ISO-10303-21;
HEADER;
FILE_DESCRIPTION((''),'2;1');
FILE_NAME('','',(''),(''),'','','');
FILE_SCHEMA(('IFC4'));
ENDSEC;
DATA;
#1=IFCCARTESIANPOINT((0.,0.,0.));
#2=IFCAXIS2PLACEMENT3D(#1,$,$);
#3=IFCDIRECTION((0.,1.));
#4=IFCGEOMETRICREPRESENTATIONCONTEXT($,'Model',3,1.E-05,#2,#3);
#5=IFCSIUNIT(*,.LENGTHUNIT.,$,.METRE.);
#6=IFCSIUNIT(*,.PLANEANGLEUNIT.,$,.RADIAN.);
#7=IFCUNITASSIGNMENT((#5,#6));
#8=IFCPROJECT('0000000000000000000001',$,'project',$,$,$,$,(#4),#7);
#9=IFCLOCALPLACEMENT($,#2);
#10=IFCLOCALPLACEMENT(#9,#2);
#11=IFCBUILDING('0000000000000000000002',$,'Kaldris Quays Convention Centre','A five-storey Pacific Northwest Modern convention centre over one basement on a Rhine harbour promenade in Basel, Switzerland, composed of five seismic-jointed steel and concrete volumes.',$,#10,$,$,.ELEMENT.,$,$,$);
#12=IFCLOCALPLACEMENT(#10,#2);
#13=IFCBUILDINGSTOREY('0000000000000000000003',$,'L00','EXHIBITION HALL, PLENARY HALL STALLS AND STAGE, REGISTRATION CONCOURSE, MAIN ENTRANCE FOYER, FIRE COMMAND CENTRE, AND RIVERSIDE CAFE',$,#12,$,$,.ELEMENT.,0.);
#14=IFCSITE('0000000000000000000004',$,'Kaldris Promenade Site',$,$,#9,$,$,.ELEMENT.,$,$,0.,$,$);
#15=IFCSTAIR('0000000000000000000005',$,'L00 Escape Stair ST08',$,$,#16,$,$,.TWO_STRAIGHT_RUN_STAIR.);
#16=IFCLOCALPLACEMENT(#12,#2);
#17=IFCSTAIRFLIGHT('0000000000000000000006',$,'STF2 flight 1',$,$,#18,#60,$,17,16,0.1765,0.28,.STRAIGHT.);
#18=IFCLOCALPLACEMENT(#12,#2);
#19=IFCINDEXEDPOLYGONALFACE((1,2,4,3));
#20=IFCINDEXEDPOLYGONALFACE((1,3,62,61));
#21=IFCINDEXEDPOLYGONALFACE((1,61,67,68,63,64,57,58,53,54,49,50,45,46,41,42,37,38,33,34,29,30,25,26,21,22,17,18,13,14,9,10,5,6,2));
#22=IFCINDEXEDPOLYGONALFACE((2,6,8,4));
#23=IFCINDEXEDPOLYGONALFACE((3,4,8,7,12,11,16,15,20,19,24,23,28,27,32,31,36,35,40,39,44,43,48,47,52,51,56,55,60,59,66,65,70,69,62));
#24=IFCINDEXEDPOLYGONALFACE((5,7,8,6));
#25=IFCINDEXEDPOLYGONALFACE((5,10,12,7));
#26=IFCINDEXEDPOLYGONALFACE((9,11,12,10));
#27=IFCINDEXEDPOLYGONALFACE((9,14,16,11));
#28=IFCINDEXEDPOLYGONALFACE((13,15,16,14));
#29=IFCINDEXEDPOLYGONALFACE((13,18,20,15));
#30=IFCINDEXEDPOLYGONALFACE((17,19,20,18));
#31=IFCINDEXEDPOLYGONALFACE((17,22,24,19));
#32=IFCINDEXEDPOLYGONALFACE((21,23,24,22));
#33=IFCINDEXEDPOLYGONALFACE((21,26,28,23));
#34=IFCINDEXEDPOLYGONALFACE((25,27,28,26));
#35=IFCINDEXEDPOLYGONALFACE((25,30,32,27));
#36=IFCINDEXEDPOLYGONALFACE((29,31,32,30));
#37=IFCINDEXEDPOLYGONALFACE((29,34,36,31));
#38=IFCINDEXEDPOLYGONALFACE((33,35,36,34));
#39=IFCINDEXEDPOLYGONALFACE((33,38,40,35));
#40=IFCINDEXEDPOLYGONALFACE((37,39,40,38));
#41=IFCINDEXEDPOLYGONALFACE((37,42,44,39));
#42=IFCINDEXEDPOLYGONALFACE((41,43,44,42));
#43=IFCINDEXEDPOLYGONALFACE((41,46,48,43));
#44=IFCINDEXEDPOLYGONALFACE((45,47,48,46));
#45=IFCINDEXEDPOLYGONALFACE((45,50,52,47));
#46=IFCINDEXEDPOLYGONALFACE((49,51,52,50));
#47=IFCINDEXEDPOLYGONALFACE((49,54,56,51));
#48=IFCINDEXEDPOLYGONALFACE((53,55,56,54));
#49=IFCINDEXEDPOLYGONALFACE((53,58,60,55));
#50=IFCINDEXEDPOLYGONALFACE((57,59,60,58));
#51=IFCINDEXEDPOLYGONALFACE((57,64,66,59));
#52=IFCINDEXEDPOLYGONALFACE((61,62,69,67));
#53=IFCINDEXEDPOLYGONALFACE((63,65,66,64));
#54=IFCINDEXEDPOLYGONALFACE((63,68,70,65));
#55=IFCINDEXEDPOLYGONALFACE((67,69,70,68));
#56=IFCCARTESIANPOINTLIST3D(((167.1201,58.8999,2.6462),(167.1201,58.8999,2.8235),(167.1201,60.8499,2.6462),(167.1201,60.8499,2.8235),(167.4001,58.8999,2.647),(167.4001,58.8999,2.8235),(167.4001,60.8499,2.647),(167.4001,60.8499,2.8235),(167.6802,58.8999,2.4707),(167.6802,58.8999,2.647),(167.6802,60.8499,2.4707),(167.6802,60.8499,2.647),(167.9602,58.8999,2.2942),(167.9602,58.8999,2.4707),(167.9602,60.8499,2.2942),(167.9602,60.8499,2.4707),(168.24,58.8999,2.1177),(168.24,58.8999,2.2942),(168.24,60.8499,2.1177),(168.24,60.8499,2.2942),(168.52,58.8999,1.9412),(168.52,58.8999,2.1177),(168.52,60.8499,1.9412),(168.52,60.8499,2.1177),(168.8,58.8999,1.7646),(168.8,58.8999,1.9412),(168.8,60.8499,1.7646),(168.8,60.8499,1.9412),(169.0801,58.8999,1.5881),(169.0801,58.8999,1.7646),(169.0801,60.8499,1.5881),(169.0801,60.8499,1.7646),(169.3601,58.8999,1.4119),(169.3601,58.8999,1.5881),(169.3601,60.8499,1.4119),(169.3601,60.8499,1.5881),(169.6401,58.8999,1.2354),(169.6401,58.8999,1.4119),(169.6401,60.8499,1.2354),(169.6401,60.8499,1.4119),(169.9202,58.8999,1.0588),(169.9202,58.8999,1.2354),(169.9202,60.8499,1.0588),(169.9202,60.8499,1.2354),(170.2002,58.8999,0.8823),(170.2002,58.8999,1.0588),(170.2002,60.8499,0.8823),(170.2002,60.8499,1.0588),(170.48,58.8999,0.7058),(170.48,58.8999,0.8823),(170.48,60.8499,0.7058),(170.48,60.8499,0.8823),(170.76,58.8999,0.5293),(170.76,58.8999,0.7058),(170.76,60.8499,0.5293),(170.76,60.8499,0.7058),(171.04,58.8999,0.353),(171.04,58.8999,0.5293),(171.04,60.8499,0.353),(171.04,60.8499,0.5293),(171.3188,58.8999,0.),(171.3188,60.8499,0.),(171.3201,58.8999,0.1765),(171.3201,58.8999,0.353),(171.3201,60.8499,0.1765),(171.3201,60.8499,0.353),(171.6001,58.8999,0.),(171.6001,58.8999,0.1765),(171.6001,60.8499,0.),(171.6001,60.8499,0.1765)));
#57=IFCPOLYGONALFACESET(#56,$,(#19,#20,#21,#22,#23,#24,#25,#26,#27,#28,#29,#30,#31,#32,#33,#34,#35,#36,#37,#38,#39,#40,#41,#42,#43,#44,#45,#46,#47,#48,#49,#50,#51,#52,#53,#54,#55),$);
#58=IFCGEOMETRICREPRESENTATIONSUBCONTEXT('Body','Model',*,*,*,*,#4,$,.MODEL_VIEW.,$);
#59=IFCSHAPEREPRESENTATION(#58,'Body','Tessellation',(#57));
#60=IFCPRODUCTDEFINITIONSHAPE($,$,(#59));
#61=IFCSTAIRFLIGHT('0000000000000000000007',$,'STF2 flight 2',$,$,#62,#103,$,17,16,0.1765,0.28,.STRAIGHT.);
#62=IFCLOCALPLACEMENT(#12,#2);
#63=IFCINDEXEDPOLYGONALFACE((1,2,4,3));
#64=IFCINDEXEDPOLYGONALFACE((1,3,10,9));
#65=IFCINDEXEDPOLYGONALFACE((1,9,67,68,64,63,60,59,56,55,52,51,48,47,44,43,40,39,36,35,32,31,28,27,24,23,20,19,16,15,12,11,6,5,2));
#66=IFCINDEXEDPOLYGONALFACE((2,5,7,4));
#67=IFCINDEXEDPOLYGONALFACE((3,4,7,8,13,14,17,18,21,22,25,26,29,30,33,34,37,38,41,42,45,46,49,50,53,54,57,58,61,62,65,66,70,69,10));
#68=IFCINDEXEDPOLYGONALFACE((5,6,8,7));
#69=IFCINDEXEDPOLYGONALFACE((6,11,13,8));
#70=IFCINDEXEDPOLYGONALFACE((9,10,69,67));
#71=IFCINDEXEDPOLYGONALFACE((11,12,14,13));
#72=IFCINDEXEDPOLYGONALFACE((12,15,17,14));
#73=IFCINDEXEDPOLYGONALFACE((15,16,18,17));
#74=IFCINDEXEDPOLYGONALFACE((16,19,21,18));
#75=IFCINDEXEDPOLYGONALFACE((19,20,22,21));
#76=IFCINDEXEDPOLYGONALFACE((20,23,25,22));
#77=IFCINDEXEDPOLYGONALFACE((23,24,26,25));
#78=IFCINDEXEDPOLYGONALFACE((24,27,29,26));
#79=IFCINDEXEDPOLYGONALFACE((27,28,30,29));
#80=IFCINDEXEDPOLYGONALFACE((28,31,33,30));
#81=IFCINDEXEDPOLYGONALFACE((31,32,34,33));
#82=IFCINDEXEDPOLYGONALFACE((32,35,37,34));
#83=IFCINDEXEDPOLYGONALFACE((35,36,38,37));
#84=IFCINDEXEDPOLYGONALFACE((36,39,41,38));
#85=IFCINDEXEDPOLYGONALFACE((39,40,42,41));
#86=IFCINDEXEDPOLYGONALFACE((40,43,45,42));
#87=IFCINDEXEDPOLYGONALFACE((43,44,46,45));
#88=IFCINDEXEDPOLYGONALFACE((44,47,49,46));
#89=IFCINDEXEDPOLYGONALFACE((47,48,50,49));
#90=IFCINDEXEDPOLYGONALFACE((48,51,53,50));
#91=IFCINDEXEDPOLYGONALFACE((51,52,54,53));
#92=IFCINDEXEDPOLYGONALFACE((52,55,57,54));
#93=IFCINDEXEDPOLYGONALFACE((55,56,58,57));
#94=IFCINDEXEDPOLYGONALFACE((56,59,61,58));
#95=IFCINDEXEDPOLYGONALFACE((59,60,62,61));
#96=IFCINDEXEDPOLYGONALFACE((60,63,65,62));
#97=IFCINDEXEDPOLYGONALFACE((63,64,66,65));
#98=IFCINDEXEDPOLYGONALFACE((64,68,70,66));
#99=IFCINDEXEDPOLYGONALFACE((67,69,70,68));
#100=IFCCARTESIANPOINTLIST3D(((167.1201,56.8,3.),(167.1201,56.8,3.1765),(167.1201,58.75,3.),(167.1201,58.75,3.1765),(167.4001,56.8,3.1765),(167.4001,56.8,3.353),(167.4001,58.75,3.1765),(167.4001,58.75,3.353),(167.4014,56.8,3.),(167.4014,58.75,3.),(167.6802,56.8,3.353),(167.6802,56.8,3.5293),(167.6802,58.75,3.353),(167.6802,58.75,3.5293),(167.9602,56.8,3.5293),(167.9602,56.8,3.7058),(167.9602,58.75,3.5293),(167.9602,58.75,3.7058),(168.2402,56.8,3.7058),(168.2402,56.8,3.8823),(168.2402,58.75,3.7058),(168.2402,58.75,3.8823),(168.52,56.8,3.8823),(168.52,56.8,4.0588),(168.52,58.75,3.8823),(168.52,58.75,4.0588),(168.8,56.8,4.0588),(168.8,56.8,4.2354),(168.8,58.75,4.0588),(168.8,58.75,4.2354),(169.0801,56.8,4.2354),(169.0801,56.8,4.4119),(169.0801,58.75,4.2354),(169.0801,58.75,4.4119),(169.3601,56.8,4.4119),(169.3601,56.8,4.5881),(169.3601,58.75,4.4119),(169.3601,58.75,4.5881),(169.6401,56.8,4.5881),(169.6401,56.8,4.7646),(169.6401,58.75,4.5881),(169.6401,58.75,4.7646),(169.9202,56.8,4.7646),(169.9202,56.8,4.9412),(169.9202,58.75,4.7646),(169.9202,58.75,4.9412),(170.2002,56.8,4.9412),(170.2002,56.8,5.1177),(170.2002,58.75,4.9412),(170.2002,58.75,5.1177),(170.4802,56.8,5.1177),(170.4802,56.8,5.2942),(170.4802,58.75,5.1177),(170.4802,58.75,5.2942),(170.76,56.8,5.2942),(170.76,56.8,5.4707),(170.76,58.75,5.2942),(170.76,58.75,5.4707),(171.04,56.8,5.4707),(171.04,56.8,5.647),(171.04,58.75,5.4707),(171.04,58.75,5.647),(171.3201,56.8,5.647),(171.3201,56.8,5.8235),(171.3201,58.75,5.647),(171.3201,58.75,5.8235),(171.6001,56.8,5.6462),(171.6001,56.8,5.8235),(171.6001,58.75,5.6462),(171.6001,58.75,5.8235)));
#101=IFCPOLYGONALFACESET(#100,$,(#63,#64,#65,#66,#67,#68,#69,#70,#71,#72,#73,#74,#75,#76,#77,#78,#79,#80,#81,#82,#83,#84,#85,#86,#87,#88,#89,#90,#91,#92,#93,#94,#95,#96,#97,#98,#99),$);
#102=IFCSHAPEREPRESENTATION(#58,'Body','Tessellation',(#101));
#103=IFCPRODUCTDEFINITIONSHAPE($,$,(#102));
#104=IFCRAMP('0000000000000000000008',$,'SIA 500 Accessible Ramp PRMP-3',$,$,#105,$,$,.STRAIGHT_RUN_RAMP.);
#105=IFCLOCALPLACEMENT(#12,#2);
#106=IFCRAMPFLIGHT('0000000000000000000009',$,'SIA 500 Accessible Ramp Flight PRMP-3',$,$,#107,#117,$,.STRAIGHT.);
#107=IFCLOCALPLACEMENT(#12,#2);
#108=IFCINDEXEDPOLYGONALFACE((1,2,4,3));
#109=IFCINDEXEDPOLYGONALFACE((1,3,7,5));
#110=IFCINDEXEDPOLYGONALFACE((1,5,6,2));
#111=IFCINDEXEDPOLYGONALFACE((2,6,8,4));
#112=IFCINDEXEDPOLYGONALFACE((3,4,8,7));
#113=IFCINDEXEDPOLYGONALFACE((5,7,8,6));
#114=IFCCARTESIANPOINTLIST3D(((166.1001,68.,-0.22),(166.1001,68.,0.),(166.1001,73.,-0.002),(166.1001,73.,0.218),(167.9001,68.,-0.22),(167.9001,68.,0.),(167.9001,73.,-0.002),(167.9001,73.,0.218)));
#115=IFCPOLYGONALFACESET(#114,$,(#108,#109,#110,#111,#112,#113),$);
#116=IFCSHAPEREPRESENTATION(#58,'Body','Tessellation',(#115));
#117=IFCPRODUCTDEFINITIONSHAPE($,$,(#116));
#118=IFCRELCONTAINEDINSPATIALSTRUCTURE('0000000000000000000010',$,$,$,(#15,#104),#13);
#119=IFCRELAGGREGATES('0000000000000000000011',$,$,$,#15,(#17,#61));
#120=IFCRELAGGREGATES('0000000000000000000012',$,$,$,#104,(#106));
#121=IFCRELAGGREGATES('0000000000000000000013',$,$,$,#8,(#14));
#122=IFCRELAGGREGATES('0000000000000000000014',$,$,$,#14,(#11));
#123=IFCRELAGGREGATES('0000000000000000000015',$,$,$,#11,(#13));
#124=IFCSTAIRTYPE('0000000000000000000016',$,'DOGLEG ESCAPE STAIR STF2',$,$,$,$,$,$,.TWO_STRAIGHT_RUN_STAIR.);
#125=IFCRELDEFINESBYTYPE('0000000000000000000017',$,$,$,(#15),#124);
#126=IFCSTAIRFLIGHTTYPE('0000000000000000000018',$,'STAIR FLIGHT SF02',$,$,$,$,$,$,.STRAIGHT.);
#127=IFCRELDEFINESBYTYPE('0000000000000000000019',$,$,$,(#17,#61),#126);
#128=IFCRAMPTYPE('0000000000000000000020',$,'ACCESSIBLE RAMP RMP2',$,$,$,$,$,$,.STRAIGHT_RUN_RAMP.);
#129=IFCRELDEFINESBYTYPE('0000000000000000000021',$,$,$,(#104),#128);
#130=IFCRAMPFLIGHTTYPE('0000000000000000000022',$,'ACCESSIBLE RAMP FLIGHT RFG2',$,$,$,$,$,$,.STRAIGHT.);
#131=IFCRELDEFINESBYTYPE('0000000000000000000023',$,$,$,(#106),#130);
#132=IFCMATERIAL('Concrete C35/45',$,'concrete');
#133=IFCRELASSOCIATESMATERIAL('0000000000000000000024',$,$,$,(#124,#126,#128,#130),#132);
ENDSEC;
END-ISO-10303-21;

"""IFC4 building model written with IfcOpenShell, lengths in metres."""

from ifc_helpers import new_model, si_unit, direction, frame, origin, place, context, subcontext, project, spatial, polyline, outline, extrude, material, type_object, element, aggregate, save


model = new_model("IFC4")

# Units and contexts
model_context = context("Model", 3, precision=1e-05, world=origin(), true_north=direction((0.0, 1.0)))
body_context = subcontext(model_context, "Body", "Model", "MODEL_VIEW")
ifc_project = project(units=[si_unit("LENGTHUNIT", "METRE"), si_unit("PLANEANGLEUNIT", "RADIAN")], contexts=[model_context])

# Site, building, storey
site_placement = place(None, origin())
site = spatial("IfcSite", under=ifc_project, at=site_placement, Name="Kaldris Promenade Site", CompositionType="ELEMENT", RefElevation=0.0)
building_placement = place(site_placement, origin())
building = spatial("IfcBuilding", under=site, at=building_placement, Name="Kaldris Quays Convention Centre", Description="A five-storey Pacific Northwest Modern convention centre over one basement on a Rhine harbour promenade in Basel, Switzerland, composed of five seismic-jointed steel and concrete volumes.", CompositionType="ELEMENT")
storey_placement = place(building_placement, origin())
storey = spatial("IfcBuildingStorey", under=building, at=storey_placement, Name="L00", Description="EXHIBITION HALL, PLENARY HALL STALLS AND STAGE, REGISTRATION CONCOURSE, MAIN ENTRANCE FOYER, FIRE COMMAND CENTRE, AND RIVERSIDE CAFE", CompositionType="ELEMENT", Elevation=0.0)

# Shared definitions
ifc_material_1 = material(Name="Concrete C35/45", Category="concrete")

# Stair, stair flights
stair_type = type_object("IfcStairType", Name="DOGLEG ESCAPE STAIR STF2", PredefinedType="TWO_STRAIGHT_RUN_STAIR", material=ifc_material_1)
stair_placement = place(storey_placement, origin())
stair = element("IfcStair", 1, at=stair_placement, inside=storey, type_object=stair_type, Name="L00 Escape Stair ST08", PredefinedType="TWO_STRAIGHT_RUN_STAIR")
stair_flight_type = type_object("IfcStairFlightType", Name="STAIR FLIGHT SF02", PredefinedType="STRAIGHT", material=ifc_material_1)
stair_flight_1_placement = place(storey_placement, frame((171.6001, 59.875, 0.0), z_axis=(0.0, 0.0, 1.0), x_axis=(-1.0, 0.0, 0.0)))
stair_flight_1 = element("IfcStairFlight", 2, at=stair_flight_1_placement, type_object=stair_flight_type, Name="STF2 flight 1", NumberOfRisers=17, NumberOfTreads=16, PredefinedType="STRAIGHT", RiserHeight=0.1765, TreadLength=0.28, context=body_context, shape_type="SweptSolid", body=[
    extrude(outline(polyline([(0.0, 0.0), (0.0, 0.1765), (0.28, 0.1765), (0.28, 0.353), (0.5601, 0.353), (0.5601, 0.5293), (0.8401, 0.5293), (0.8401, 0.7058), (1.1201, 0.7058), (1.1201, 0.8823), (1.3999, 0.8823), (1.3999, 1.0588), (1.6799, 1.0588), (1.6799, 1.2354), (1.96, 1.2354), (1.96, 1.4119), (2.24, 1.4119), (2.24, 1.5881), (2.52, 1.5881), (2.52, 1.7646), (2.8, 1.7646), (2.8, 1.9412), (3.0801, 1.9412), (3.0801, 2.1177), (3.3601, 2.1177), (3.3601, 2.2942), (3.6399, 2.2942), (3.6399, 2.4707), (3.9199, 2.4707), (3.9199, 2.647), (4.2, 2.647), (4.2, 2.8235), (4.48, 2.8235), (4.48, 3.0), (4.48, 2.6462), (0.2812, 0.0), (0.0, 0.0)])), frame((0.0, 0.9751, 0.0), z_axis=(0.0, -1.0, 0.0), x_axis=(1.0, 0.0, 0.0)), (0.0, 0.0, 1.0), 1.95),
])
stair_flight_2_placement = place(storey_placement, frame((167.1201, 57.7749, 3.0), z_axis=(0.0, 0.0, 1.0), x_axis=(1.0, 0.0, 0.0)))
stair_flight_2 = element("IfcStairFlight", 3, at=stair_flight_2_placement, type_object=stair_flight_type, Name="STF2 flight 2", NumberOfRisers=17, NumberOfTreads=16, PredefinedType="STRAIGHT", RiserHeight=0.1765, TreadLength=0.28, context=body_context, shape_type="SweptSolid", body=[
    extrude(outline(polyline([(0.0, 0.0), (0.0, 0.1765), (0.28, 0.1765), (0.28, 0.353), (0.5601, 0.353), (0.5601, 0.5293), (0.8401, 0.5293), (0.8401, 0.7058), (1.1201, 0.7058), (1.1201, 0.8823), (1.3999, 0.8823), (1.3999, 1.0588), (1.6799, 1.0588), (1.6799, 1.2354), (1.96, 1.2354), (1.96, 1.4119), (2.24, 1.4119), (2.24, 1.5881), (2.52, 1.5881), (2.52, 1.7646), (2.8, 1.7646), (2.8, 1.9412), (3.0801, 1.9412), (3.0801, 2.1177), (3.3601, 2.1177), (3.3601, 2.2942), (3.6399, 2.2942), (3.6399, 2.4707), (3.9199, 2.4707), (3.9199, 2.647), (4.2, 2.647), (4.2, 2.8235), (4.48, 2.8235), (4.48, 3.0), (4.48, 2.6462), (0.2812, 0.0), (0.0, 0.0)])), frame((0.0, 0.9751, 0.0), z_axis=(0.0, -1.0, 0.0), x_axis=(1.0, 0.0, 0.0)), (0.0, 0.0, 1.0), 1.95),
])
aggregate(stair, [stair_flight_1, stair_flight_2])

# Ramp, ramp flight
ramp_type = type_object("IfcRampType", Name="ACCESSIBLE RAMP RMP2", PredefinedType="STRAIGHT_RUN_RAMP", material=ifc_material_1)
ramp_placement = place(storey_placement, origin())
ramp = element("IfcRamp", 4, at=ramp_placement, inside=storey, type_object=ramp_type, Name="SIA 500 Accessible Ramp PRMP-3", PredefinedType="STRAIGHT_RUN_RAMP")
ramp_flight_type = type_object("IfcRampFlightType", Name="ACCESSIBLE RAMP FLIGHT RFG2", PredefinedType="STRAIGHT", material=ifc_material_1)
ramp_flight_placement = place(storey_placement, frame((167.0, 68.0, 0.0), z_axis=(0.0, 0.0, 1.0), x_axis=(0.0, 1.0, 0.0)))
ramp_flight = element("IfcRampFlight", 5, at=ramp_flight_placement, type_object=ramp_flight_type, Name="SIA 500 Accessible Ramp Flight PRMP-3", PredefinedType="STRAIGHT", context=body_context, shape_type="SweptSolid", body=[
    extrude(outline(polyline([(0.0, -0.22), (0.0, 0.0), (5.0, 0.218), (5.0, -0.002), (0.0, -0.22)])), frame((0.0, 0.8999, 0.0), z_axis=(0.0, -1.0, 0.0), x_axis=(1.0, 0.0, 0.0)), (0.0, 0.0, 1.0), 1.8),
])
aggregate(ramp, [ramp_flight])

save(model, "model.ifc")
